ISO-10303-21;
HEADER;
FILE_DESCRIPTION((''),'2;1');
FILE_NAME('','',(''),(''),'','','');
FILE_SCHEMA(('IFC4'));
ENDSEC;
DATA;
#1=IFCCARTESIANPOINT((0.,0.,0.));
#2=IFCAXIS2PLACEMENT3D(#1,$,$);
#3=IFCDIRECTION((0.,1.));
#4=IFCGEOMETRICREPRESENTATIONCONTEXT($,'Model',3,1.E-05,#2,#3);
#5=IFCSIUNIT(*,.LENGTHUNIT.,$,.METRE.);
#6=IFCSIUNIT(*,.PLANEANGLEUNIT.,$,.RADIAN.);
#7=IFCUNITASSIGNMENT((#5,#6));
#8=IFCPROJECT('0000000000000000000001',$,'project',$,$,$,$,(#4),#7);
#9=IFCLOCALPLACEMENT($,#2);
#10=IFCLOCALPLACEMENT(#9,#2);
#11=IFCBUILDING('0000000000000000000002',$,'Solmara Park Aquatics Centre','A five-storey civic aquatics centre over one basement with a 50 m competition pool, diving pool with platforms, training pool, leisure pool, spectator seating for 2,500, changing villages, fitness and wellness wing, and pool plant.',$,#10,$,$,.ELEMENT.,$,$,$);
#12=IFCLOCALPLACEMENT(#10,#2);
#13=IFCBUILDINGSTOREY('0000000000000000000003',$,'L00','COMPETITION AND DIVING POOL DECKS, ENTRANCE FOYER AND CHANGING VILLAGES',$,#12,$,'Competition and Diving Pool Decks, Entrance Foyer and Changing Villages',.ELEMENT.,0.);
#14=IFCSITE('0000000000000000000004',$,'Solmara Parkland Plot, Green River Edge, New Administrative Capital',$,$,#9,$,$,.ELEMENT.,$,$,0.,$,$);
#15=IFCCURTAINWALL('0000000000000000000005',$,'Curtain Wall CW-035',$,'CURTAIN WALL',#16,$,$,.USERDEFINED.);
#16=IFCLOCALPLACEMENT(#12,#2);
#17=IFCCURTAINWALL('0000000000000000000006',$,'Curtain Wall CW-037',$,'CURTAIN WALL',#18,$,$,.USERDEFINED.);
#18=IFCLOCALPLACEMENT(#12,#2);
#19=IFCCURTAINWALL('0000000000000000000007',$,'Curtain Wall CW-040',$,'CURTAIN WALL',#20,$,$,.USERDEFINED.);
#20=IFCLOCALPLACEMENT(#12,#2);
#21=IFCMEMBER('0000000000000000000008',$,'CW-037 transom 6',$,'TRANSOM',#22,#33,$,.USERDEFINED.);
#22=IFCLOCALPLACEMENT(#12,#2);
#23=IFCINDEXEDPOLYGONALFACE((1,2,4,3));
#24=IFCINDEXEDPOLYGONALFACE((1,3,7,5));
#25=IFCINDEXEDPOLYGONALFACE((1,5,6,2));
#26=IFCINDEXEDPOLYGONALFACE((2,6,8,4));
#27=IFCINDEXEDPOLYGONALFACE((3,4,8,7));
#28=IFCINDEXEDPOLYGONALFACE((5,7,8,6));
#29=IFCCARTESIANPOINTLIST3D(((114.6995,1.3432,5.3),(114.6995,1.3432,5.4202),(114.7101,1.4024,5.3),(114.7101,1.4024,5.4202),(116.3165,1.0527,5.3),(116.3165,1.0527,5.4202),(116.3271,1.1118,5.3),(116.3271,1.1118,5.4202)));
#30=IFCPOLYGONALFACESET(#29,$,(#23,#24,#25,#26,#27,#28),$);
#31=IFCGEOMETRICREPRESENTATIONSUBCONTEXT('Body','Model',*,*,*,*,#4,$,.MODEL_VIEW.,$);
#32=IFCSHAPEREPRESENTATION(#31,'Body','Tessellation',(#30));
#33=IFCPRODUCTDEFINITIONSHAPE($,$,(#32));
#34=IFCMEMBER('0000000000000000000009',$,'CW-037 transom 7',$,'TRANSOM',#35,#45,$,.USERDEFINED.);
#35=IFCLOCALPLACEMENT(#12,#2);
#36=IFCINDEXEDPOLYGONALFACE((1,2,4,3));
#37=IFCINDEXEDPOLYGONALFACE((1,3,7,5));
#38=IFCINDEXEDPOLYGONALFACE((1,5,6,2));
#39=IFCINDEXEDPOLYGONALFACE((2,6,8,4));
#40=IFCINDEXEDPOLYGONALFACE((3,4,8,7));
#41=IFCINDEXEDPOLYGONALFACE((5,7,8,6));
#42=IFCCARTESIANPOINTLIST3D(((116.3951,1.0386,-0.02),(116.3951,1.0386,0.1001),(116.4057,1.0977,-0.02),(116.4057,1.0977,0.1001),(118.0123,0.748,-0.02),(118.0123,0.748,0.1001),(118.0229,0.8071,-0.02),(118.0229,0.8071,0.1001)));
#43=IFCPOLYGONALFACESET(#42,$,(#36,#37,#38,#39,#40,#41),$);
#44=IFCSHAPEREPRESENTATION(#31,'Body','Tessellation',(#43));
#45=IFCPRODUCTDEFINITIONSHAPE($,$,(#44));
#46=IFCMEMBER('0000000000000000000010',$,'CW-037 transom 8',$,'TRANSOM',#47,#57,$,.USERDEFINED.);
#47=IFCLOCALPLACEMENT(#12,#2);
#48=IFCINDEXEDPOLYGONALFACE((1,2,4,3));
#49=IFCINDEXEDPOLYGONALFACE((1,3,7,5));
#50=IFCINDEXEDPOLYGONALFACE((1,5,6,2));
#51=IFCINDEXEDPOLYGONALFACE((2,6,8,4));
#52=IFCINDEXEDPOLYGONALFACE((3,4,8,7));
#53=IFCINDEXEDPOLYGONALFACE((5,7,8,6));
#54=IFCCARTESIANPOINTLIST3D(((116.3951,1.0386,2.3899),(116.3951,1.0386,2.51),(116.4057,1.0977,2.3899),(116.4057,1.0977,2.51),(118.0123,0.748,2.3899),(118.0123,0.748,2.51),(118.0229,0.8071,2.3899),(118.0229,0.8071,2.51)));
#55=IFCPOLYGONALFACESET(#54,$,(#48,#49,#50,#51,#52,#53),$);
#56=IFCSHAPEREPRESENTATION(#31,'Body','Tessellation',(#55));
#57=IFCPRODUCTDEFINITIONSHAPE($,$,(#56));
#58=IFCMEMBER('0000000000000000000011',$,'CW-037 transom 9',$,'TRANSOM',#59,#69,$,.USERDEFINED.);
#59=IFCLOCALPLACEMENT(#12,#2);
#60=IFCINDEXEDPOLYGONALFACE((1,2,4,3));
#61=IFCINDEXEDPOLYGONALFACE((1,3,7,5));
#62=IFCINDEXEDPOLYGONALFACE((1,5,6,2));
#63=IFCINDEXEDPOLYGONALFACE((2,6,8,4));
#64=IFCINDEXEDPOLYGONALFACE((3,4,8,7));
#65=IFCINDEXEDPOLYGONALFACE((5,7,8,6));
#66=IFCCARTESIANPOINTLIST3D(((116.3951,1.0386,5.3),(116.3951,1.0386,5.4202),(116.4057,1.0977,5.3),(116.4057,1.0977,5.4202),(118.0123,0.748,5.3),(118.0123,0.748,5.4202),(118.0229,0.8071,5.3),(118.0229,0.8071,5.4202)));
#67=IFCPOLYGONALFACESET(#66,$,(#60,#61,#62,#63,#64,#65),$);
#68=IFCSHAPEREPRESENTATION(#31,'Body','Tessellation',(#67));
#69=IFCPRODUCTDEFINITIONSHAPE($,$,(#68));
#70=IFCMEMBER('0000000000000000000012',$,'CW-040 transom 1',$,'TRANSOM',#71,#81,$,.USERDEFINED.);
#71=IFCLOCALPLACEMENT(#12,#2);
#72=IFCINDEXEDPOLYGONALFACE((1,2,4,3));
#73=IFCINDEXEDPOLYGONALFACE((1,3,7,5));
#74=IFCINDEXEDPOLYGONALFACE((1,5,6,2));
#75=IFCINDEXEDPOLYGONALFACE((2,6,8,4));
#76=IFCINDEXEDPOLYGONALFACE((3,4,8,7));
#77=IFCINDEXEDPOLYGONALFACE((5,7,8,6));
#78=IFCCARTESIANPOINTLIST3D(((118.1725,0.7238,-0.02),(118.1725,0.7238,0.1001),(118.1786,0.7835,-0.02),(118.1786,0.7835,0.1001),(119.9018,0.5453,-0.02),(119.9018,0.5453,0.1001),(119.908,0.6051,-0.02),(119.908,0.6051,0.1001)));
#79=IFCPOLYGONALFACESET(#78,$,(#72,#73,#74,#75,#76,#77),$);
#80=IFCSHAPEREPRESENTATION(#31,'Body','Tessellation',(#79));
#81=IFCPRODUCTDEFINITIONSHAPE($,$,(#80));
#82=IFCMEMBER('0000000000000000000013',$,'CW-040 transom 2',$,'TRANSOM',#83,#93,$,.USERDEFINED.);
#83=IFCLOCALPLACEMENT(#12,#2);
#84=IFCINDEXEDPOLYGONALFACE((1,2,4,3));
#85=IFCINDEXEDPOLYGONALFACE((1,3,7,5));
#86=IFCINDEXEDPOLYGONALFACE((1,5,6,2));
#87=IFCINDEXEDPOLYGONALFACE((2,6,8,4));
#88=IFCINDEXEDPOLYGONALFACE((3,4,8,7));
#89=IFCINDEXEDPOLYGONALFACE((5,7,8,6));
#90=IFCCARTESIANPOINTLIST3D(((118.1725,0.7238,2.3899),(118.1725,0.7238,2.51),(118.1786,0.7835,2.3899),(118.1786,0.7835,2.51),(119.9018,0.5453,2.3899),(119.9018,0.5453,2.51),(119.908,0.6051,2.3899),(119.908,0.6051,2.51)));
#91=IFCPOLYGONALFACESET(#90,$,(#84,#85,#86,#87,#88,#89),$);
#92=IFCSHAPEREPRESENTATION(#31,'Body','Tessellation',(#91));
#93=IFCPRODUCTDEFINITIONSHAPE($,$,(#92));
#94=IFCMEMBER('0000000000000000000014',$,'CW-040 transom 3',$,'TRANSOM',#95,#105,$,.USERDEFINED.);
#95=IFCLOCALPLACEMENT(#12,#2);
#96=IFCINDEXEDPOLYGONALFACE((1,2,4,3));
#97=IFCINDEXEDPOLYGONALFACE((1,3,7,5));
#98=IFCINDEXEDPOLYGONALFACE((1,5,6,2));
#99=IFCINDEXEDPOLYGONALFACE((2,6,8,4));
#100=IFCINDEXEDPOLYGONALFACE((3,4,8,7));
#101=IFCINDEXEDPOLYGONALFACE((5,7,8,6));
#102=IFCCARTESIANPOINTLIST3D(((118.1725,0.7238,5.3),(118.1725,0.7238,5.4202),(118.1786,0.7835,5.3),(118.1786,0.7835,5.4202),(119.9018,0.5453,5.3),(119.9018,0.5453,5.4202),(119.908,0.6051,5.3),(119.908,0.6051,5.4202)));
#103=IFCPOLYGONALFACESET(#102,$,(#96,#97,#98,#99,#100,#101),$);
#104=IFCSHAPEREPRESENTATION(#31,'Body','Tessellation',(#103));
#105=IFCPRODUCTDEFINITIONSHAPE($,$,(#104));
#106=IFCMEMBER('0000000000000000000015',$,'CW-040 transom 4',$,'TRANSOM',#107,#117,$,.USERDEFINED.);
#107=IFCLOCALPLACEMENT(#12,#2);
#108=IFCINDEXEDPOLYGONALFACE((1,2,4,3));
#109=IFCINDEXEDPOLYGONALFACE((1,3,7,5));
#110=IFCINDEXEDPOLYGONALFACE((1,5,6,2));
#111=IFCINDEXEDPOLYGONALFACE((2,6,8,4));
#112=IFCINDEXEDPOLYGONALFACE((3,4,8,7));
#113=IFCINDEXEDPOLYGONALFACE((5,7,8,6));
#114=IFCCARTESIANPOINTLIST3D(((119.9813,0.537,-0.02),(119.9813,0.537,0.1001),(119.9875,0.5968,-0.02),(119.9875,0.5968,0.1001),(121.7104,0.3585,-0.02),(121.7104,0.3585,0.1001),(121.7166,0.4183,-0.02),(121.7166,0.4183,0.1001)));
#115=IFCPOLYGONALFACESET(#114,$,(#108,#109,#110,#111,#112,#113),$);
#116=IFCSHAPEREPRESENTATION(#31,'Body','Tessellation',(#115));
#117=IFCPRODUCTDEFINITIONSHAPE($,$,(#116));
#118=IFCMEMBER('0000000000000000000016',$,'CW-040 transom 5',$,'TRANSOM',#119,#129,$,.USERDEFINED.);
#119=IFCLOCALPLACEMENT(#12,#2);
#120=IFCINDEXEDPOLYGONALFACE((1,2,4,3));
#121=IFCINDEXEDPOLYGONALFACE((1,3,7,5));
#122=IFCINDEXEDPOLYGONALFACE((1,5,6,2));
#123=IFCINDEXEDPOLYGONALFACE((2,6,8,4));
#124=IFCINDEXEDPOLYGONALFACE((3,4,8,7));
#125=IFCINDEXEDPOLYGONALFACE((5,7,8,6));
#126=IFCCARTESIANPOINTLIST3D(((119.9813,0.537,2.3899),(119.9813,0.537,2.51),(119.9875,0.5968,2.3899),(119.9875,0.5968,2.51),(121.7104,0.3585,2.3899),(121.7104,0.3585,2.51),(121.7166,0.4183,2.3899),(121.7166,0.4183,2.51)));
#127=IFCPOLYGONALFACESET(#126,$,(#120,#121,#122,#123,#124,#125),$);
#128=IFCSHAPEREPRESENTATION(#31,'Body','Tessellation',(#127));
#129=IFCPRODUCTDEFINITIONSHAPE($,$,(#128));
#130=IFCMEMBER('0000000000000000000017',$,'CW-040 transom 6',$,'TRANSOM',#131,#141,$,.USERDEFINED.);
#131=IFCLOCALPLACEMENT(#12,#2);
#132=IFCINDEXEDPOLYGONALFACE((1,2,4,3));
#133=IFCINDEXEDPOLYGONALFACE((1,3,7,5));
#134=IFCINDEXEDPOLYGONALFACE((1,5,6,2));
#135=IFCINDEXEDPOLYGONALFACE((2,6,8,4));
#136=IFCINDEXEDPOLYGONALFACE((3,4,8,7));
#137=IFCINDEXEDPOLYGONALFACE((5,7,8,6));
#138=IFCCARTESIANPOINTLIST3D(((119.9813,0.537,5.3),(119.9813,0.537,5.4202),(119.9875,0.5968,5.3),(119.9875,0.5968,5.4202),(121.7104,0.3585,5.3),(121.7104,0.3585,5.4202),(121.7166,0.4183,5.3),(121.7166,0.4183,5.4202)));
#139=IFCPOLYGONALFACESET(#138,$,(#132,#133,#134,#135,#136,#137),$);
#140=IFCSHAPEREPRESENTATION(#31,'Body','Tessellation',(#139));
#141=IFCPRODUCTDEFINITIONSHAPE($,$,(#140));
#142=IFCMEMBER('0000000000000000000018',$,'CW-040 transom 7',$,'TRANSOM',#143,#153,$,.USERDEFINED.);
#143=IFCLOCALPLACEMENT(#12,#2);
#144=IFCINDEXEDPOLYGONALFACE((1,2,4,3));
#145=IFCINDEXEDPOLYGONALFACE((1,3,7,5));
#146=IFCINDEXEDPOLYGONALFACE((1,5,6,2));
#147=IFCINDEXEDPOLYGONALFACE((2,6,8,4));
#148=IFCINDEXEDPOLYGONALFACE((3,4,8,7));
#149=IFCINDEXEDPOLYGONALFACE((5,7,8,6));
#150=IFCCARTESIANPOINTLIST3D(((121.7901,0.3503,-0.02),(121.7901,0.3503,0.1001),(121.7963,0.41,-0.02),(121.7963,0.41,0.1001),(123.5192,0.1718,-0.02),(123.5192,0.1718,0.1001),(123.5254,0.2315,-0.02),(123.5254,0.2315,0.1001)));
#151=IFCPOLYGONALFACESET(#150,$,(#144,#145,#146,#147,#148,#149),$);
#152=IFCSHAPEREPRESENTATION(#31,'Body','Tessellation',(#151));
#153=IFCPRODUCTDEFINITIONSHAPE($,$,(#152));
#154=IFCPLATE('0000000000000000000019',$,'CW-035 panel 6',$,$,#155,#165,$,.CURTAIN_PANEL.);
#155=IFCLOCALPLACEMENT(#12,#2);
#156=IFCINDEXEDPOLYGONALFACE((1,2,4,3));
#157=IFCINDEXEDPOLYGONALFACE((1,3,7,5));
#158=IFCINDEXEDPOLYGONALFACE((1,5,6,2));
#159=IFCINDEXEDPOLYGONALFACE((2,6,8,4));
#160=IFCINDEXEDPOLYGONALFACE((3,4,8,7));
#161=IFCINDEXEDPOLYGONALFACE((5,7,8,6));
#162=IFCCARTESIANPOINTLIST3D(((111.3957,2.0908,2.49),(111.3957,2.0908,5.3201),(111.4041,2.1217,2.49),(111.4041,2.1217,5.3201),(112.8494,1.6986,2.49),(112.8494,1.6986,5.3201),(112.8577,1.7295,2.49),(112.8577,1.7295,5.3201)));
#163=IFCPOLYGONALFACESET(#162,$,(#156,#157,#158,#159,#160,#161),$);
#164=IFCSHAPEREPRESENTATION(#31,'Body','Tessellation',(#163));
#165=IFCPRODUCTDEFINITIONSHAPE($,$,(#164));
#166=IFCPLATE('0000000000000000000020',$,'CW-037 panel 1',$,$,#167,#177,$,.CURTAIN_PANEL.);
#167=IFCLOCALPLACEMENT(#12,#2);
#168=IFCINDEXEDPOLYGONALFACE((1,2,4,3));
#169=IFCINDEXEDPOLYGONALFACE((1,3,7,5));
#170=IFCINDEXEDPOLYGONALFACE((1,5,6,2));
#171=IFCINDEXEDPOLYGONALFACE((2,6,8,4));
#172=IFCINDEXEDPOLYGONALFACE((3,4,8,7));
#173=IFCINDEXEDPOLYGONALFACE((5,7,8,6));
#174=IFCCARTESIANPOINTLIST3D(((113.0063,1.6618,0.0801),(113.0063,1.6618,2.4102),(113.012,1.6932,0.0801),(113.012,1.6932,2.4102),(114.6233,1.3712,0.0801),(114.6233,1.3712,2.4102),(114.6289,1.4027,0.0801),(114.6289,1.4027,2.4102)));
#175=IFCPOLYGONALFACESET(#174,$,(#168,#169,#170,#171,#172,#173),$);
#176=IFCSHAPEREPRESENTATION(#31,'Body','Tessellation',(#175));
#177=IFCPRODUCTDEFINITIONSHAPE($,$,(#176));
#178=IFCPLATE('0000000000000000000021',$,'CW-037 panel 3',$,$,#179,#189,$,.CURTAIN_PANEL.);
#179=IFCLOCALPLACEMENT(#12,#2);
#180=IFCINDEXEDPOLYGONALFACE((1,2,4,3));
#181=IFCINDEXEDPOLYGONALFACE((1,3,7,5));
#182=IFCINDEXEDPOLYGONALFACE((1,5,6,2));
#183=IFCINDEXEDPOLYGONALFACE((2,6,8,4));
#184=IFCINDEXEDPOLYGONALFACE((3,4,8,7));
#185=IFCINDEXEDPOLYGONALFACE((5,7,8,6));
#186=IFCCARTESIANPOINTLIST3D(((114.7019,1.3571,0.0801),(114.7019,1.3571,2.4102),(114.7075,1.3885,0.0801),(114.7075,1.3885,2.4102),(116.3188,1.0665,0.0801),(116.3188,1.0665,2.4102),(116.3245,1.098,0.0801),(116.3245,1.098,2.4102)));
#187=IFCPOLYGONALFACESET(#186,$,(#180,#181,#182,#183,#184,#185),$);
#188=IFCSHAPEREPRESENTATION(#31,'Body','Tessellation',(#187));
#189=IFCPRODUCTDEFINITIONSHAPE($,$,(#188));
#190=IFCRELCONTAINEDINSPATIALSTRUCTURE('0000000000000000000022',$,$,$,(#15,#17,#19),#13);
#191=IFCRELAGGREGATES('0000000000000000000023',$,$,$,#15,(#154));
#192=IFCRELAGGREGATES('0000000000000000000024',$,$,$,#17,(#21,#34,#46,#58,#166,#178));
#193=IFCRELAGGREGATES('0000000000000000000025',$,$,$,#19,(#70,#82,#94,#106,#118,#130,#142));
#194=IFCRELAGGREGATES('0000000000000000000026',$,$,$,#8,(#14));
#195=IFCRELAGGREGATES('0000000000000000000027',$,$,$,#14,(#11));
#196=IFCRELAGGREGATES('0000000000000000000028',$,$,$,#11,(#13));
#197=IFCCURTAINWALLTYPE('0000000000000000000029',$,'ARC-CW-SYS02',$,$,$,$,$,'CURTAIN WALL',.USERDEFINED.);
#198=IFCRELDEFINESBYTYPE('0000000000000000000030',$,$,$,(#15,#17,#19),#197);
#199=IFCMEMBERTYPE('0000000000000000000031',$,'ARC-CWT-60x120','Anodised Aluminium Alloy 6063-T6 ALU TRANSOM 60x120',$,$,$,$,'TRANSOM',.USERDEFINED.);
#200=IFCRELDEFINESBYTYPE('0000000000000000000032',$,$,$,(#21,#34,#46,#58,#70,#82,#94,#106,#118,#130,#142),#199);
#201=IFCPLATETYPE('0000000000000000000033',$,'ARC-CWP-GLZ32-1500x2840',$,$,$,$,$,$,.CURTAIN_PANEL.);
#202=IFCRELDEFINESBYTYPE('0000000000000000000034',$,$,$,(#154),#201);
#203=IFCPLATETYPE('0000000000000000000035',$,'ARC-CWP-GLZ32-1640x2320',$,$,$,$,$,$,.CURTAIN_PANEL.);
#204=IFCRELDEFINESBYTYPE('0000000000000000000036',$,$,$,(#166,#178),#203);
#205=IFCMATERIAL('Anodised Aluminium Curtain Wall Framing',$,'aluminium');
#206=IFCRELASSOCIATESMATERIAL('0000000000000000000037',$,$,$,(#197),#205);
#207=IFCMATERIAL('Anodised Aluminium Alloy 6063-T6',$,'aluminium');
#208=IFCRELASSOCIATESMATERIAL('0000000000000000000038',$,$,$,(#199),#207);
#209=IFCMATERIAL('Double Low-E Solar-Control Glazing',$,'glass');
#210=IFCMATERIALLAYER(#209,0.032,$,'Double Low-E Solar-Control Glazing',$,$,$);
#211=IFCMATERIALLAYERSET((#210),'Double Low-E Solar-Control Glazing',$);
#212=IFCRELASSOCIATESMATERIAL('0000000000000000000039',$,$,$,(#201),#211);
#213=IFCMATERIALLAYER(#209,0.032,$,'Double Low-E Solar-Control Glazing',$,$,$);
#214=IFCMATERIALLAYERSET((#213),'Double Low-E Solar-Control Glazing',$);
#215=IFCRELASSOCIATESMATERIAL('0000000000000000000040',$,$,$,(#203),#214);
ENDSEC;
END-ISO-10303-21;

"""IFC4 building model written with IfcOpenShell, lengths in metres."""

from ifc_helpers import new_model, si_unit, direction, frame, origin, origin_2d, place, context, subcontext, project, spatial, rectangle, extrude, material, layer, layer_set, material_profile, profile_set, type_object, element, aggregate, save


model = new_model("IFC4")

# Units and contexts
model_context = context("Model", 3, precision=1e-05, world=origin(), true_north=direction((0.0, 1.0)))
body_context = subcontext(model_context, "Body", "Model", "MODEL_VIEW")
ifc_project = project(units=[si_unit("LENGTHUNIT", "METRE"), si_unit("PLANEANGLEUNIT", "RADIAN")], contexts=[model_context])

# Site, building, storey
site_placement = place(None, origin())
site = spatial("IfcSite", under=ifc_project, at=site_placement, Name="Solmara Parkland Plot, Green River Edge, New Administrative Capital", CompositionType="ELEMENT", RefElevation=0.0)
building_placement = place(site_placement, origin())
building = spatial("IfcBuilding", under=site, at=building_placement, Name="Solmara Park Aquatics Centre", Description="A five-storey civic aquatics centre over one basement with a 50 m competition pool, diving pool with platforms, training pool, leisure pool, spectator seating for 2,500, changing villages, fitness and wellness wing, and pool plant.", CompositionType="ELEMENT")
storey_placement = place(building_placement, origin())
storey = spatial("IfcBuildingStorey", under=building, at=storey_placement, Name="L00", Description="COMPETITION AND DIVING POOL DECKS, ENTRANCE FOYER AND CHANGING VILLAGES", LongName="Competition and Diving Pool Decks, Entrance Foyer and Changing Villages", CompositionType="ELEMENT", Elevation=0.0)

# Curtain wall
ifc_material_1 = material(Name="Anodised Aluminium Curtain Wall Framing", Category="aluminium")
curtain_wall_type = type_object("IfcCurtainWallType", Name="ARC-CW-SYS02", ElementType="CURTAIN WALL", PredefinedType="USERDEFINED", material=ifc_material_1)
curtain_wall_1_placement = place(storey_placement, origin())
curtain_wall_1 = element("IfcCurtainWall", 1, at=curtain_wall_1_placement, inside=storey, type_object=curtain_wall_type, Name="Curtain Wall CW-035", ObjectType="CURTAIN WALL", PredefinedType="USERDEFINED")
ifc_material_2 = material(Name="Anodised Aluminium Alloy 6063-T6", Category="aluminium")

# Curtain walls
curtain_wall_2_placement = place(storey_placement, origin())
curtain_wall_2 = element("IfcCurtainWall", 2, at=curtain_wall_2_placement, inside=storey, type_object=curtain_wall_type, Name="Curtain Wall CW-037", ObjectType="CURTAIN WALL", PredefinedType="USERDEFINED")
curtain_wall_3_placement = place(storey_placement, origin())
curtain_wall_3 = element("IfcCurtainWall", 3, at=curtain_wall_3_placement, inside=storey, type_object=curtain_wall_type, Name="Curtain Wall CW-040", ObjectType="CURTAIN WALL", PredefinedType="USERDEFINED")

# Members
ifc_material_profile_1 = material_profile(ifc_material_2, rectangle(XDim=0.0601, YDim=0.1201, at=origin_2d()), Name="ALU TRANSOM 60x120")
ifc_profile_set_1 = profile_set([ifc_material_profile_1], Name="Anodised Aluminium Alloy 6063-T6")
member_type_1 = type_object("IfcMemberType", Name="ARC-CWT-60x120", Description="Anodised Aluminium Alloy 6063-T6 ALU TRANSOM 60x120", ElementType="TRANSOM", PredefinedType="USERDEFINED", material=ifc_profile_set_1)
member_1_placement = place(storey_placement, frame((114.7048, 1.3728, 5.3601), z_axis=(0.984239, -0.176845, 0.0), x_axis=(0.176845, 0.984239, 0.0)))
member_1 = element("IfcMember", 4, at=member_1_placement, type_object=member_type_1, Name="CW-037 transom 6", ObjectType="TRANSOM", PredefinedType="USERDEFINED", context=body_context, shape_type="SweptSolid", body=[
    extrude(rectangle(XDim=0.0601, YDim=0.1201, at=origin_2d()), origin(), (0.0, 0.0, 1.0), 1.6428),
])
member_2_placement = place(storey_placement, frame((116.4004, 1.0681, 0.04), z_axis=(0.984243, -0.176819, 0.0), x_axis=(0.176819, 0.984243, 0.0)))
member_2 = element("IfcMember", 5, at=member_2_placement, type_object=member_type_1, Name="CW-037 transom 7", ObjectType="TRANSOM", PredefinedType="USERDEFINED", context=body_context, shape_type="SweptSolid", body=[
    extrude(rectangle(XDim=0.0601, YDim=0.1201, at=origin_2d()), origin(), (0.0, 0.0, 1.0), 1.6431),
])
member_3_placement = place(storey_placement, frame((116.4004, 1.0681, 2.45), z_axis=(0.984243, -0.176819, 0.0), x_axis=(0.176819, 0.984243, 0.0)))
member_3 = element("IfcMember", 6, at=member_3_placement, type_object=member_type_1, Name="CW-037 transom 8", ObjectType="TRANSOM", PredefinedType="USERDEFINED", context=body_context, shape_type="SweptSolid", body=[
    extrude(rectangle(XDim=0.0601, YDim=0.1201, at=origin_2d()), origin(), (0.0, 0.0, 1.0), 1.6431),
])
member_4_placement = place(storey_placement, frame((116.4004, 1.0681, 5.3601), z_axis=(0.984243, -0.176819, 0.0), x_axis=(0.176819, 0.984243, 0.0)))
member_4 = element("IfcMember", 7, at=member_4_placement, type_object=member_type_1, Name="CW-037 transom 9", ObjectType="TRANSOM", PredefinedType="USERDEFINED", context=body_context, shape_type="SweptSolid", body=[
    extrude(rectangle(XDim=0.0601, YDim=0.1201, at=origin_2d()), origin(), (0.0, 0.0, 1.0), 1.6431),
])
member_5_placement = place(storey_placement, frame((118.1755, 0.7537, 0.04), z_axis=(0.994717, -0.10266, 0.0), x_axis=(0.10266, 0.994717, 0.0)))
member_5 = element("IfcMember", 8, at=member_5_placement, type_object=member_type_1, Name="CW-040 transom 1", ObjectType="TRANSOM", PredefinedType="USERDEFINED", context=body_context, shape_type="SweptSolid", body=[
    extrude(rectangle(XDim=0.0601, YDim=0.1201, at=origin_2d()), origin(), (0.0, 0.0, 1.0), 1.7385),
])
member_6_placement = place(storey_placement, frame((118.1755, 0.7537, 2.45), z_axis=(0.994717, -0.10266, 0.0), x_axis=(0.10266, 0.994717, 0.0)))
member_6 = element("IfcMember", 9, at=member_6_placement, type_object=member_type_1, Name="CW-040 transom 2", ObjectType="TRANSOM", PredefinedType="USERDEFINED", context=body_context, shape_type="SweptSolid", body=[
    extrude(rectangle(XDim=0.0601, YDim=0.1201, at=origin_2d()), origin(), (0.0, 0.0, 1.0), 1.7385),
])
member_7_placement = place(storey_placement, frame((118.1755, 0.7537, 5.3601), z_axis=(0.994717, -0.10266, 0.0), x_axis=(0.10266, 0.994717, 0.0)))
member_7 = element("IfcMember", 10, at=member_7_placement, type_object=member_type_1, Name="CW-040 transom 3", ObjectType="TRANSOM", PredefinedType="USERDEFINED", context=body_context, shape_type="SweptSolid", body=[
    extrude(rectangle(XDim=0.0601, YDim=0.1201, at=origin_2d()), origin(), (0.0, 0.0, 1.0), 1.7385),
])
member_8_placement = place(storey_placement, frame((119.9844, 0.5669, 0.04), z_axis=(0.994715, -0.102674, 0.0), x_axis=(0.102674, 0.994715, 0.0)))
member_8 = element("IfcMember", 11, at=member_8_placement, type_object=member_type_1, Name="CW-040 transom 4", ObjectType="TRANSOM", PredefinedType="USERDEFINED", context=body_context, shape_type="SweptSolid", body=[
    extrude(rectangle(XDim=0.0601, YDim=0.1201, at=origin_2d()), origin(), (0.0, 0.0, 1.0), 1.7383),
])
member_9_placement = place(storey_placement, frame((119.9844, 0.5669, 2.45), z_axis=(0.994715, -0.102674, 0.0), x_axis=(0.102674, 0.994715, 0.0)))
member_9 = element("IfcMember", 12, at=member_9_placement, type_object=member_type_1, Name="CW-040 transom 5", ObjectType="TRANSOM", PredefinedType="USERDEFINED", context=body_context, shape_type="SweptSolid", body=[
    extrude(rectangle(XDim=0.0601, YDim=0.1201, at=origin_2d()), origin(), (0.0, 0.0, 1.0), 1.7383),
])
member_10_placement = place(storey_placement, frame((119.9844, 0.5669, 5.3601), z_axis=(0.994715, -0.102674, 0.0), x_axis=(0.102674, 0.994715, 0.0)))
member_10 = element("IfcMember", 13, at=member_10_placement, type_object=member_type_1, Name="CW-040 transom 6", ObjectType="TRANSOM", PredefinedType="USERDEFINED", context=body_context, shape_type="SweptSolid", body=[
    extrude(rectangle(XDim=0.0601, YDim=0.1201, at=origin_2d()), origin(), (0.0, 0.0, 1.0), 1.7383),
])
member_11_placement = place(storey_placement, frame((121.7932, 0.3801, 0.04), z_axis=(0.994715, -0.102674, 0.0), x_axis=(0.102674, 0.994715, 0.0)))
member_11 = element("IfcMember", 14, at=member_11_placement, type_object=member_type_1, Name="CW-040 transom 7", ObjectType="TRANSOM", PredefinedType="USERDEFINED", context=body_context, shape_type="SweptSolid", body=[
    extrude(rectangle(XDim=0.0601, YDim=0.1201, at=origin_2d()), origin(), (0.0, 0.0, 1.0), 1.7383),
])

# Plates
ifc_material_3 = material(Name="Double Low-E Solar-Control Glazing", Category="glass")
ifc_layer_1 = layer(ifc_material_3, 0.032, Name="Double Low-E Solar-Control Glazing")
ifc_layer_set_1 = layer_set([ifc_layer_1], Name="Double Low-E Solar-Control Glazing")
plate_type_1 = type_object("IfcPlateType", Name="ARC-CWP-GLZ32-1500x2840", PredefinedType="CURTAIN_PANEL", material=ifc_layer_set_1)
plate_1_placement = place(storey_placement, frame((112.1267, 1.9102, 2.49), z_axis=(0.0, 0.0, 1.0), x_axis=(0.96548, -0.260476, 0.0)))
plate_1 = element("IfcPlate", 15, at=plate_1_placement, type_object=plate_type_1, Name="CW-035 panel 6", PredefinedType="CURTAIN_PANEL", context=body_context, shape_type="SweptSolid", body=[
    extrude(rectangle(XDim=1.5056, YDim=0.032, at=origin_2d()), origin(), (0.0, 0.0, 1.0), 2.8301),
])
aggregate(curtain_wall_1, [plate_1])
ifc_layer_2 = layer(ifc_material_3, 0.032, Name="Double Low-E Solar-Control Glazing")
ifc_layer_set_2 = layer_set([ifc_layer_2], Name="Double Low-E Solar-Control Glazing")
plate_type_2 = type_object("IfcPlateType", Name="ARC-CWP-GLZ32-1640x2320", PredefinedType="CURTAIN_PANEL", material=ifc_layer_set_2)
plate_2_placement = place(storey_placement, frame((113.8176, 1.5322, 0.0801), z_axis=(0.0, 0.0, 1.0), x_axis=(0.984239, -0.176846, 0.0)))
plate_2 = element("IfcPlate", 16, at=plate_2_placement, type_object=plate_type_2, Name="CW-037 panel 1", PredefinedType="CURTAIN_PANEL", context=body_context, shape_type="SweptSolid", body=[
    extrude(rectangle(XDim=1.6428, YDim=0.032, at=origin_2d()), origin(), (0.0, 0.0, 1.0), 2.3301),
])
plate_3_placement = place(storey_placement, frame((115.5132, 1.2275, 0.0801), z_axis=(0.0, 0.0, 1.0), x_axis=(0.984239, -0.176846, 0.0)))
plate_3 = element("IfcPlate", 17, at=plate_3_placement, type_object=plate_type_2, Name="CW-037 panel 3", PredefinedType="CURTAIN_PANEL", context=body_context, shape_type="SweptSolid", body=[
    extrude(rectangle(XDim=1.6428, YDim=0.032, at=origin_2d()), origin(), (0.0, 0.0, 1.0), 2.3301),
])
aggregate(curtain_wall_2, [member_1, member_2, member_3, member_4, plate_2, plate_3])
aggregate(curtain_wall_3, [member_5, member_6, member_7, member_8, member_9, member_10, member_11])

save(model, "model.ifc")
